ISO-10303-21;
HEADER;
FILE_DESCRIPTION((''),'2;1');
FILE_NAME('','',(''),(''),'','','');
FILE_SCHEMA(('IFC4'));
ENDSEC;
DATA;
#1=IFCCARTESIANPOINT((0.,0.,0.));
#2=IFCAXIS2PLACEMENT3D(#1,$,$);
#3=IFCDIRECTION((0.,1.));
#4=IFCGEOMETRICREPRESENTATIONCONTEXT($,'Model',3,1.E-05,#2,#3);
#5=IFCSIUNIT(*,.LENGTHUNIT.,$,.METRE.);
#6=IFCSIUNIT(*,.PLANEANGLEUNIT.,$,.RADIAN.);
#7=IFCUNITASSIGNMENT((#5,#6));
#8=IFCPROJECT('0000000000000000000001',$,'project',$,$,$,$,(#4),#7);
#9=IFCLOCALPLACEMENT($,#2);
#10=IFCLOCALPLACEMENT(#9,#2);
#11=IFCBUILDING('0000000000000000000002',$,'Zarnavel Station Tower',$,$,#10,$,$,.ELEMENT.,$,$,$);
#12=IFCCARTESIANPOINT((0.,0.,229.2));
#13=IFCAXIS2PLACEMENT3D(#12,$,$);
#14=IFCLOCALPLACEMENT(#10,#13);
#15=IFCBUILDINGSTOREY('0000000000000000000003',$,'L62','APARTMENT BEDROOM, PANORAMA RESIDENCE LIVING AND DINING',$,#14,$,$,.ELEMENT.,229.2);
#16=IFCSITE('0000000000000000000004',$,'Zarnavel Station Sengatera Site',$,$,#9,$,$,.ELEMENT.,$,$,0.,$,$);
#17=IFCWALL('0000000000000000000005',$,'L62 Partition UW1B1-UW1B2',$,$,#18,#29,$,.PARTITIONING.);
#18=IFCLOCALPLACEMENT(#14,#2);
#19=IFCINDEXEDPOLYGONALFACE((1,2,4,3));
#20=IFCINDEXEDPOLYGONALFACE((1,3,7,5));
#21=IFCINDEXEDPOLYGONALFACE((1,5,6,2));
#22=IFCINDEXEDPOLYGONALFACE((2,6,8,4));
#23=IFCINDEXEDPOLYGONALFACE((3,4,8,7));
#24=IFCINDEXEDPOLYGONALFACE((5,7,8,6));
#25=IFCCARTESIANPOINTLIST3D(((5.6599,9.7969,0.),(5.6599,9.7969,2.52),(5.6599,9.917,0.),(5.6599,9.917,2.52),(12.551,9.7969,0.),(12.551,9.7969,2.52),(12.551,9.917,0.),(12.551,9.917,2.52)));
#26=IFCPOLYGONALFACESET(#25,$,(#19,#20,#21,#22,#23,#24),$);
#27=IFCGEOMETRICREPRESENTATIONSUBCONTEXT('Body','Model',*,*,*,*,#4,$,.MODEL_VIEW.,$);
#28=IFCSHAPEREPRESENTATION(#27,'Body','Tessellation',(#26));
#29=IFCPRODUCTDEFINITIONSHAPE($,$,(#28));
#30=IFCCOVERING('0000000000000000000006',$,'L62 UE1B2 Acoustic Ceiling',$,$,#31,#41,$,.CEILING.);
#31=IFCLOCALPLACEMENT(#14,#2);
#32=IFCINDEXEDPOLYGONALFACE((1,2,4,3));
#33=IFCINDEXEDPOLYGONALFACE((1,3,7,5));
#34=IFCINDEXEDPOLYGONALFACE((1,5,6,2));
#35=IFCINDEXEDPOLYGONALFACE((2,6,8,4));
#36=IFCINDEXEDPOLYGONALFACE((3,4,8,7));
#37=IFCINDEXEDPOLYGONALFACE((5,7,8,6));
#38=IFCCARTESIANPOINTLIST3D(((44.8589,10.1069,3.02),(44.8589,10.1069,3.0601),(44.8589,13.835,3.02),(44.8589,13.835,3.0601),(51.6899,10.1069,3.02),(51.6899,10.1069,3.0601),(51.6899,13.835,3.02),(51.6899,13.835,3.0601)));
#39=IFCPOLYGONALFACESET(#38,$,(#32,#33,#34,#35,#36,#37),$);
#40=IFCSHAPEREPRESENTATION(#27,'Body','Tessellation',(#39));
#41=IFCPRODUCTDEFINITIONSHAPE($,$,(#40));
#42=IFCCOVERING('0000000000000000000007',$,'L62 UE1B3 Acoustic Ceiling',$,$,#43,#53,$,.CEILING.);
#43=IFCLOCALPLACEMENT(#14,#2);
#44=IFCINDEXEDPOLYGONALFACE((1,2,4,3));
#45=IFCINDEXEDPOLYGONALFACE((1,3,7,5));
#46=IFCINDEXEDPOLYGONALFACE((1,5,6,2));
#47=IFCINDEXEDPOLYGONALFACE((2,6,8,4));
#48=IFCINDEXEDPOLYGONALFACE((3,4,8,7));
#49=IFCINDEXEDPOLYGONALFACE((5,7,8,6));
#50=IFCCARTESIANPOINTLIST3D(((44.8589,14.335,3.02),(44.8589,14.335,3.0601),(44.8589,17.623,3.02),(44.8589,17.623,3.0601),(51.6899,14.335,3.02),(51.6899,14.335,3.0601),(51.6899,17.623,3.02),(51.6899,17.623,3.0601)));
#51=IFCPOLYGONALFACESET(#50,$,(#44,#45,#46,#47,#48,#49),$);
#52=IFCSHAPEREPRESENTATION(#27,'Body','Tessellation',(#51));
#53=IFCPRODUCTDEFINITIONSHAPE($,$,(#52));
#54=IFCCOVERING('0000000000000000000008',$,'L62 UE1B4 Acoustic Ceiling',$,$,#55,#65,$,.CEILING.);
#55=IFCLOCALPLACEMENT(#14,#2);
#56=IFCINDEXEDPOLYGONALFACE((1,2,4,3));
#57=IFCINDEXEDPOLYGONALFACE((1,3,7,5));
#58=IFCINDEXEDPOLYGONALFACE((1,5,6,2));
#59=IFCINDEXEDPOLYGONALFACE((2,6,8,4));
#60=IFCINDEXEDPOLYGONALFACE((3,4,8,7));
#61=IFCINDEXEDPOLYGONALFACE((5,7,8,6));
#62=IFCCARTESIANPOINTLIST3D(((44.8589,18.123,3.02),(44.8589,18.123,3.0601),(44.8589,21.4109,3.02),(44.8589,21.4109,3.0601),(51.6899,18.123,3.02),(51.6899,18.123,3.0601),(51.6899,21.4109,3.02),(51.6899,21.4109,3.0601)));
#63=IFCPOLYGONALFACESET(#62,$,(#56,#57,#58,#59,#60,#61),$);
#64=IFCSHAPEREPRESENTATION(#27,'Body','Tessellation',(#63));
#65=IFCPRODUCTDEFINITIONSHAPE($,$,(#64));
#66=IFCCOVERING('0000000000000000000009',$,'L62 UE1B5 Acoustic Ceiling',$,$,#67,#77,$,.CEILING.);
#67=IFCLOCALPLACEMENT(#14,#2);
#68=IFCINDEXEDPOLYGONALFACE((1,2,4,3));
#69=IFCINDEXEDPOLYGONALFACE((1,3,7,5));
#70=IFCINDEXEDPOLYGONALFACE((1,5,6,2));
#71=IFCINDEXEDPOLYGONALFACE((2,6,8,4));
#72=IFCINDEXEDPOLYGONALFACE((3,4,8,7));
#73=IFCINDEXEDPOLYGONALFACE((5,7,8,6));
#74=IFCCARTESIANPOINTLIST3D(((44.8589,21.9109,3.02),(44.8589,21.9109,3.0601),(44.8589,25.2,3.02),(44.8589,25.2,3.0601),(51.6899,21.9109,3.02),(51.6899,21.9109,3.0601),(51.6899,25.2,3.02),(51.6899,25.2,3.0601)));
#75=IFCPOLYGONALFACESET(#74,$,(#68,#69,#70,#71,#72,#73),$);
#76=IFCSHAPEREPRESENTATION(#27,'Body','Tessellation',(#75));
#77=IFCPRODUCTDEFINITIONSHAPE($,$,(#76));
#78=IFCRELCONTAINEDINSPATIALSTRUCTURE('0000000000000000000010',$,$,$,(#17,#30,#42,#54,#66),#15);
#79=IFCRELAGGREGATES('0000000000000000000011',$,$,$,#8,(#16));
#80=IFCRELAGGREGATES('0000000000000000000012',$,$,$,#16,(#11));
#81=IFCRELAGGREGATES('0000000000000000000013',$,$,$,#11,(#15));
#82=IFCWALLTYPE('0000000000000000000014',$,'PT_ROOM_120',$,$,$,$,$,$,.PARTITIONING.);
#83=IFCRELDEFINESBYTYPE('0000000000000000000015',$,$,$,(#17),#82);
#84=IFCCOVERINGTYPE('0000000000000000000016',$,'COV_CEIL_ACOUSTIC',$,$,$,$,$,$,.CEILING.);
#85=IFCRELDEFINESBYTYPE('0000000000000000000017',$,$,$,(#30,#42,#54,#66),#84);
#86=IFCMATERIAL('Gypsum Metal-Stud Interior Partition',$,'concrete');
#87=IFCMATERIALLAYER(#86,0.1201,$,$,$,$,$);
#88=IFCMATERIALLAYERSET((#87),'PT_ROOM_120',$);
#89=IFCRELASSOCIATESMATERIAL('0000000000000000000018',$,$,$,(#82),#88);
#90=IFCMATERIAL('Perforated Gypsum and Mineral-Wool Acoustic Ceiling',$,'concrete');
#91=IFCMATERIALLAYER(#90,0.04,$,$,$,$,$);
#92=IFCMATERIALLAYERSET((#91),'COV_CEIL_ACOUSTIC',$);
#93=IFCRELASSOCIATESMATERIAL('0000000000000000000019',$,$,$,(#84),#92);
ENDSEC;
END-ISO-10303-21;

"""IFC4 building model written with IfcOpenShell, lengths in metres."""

from ifc_helpers import new_model, si_unit, direction, frame, frame_2d, origin, place, context, subcontext, project, spatial, polyline, rectangle, outline, extrude, material, layer, layer_set, type_object, element, save


model = new_model("IFC4")

# Units and contexts
model_context = context("Model", 3, precision=1e-05, world=origin(), true_north=direction((0.0, 1.0)))
body_context = subcontext(model_context, "Body", "Model", "MODEL_VIEW")
ifc_project = project(units=[si_unit("LENGTHUNIT", "METRE"), si_unit("PLANEANGLEUNIT", "RADIAN")], contexts=[model_context])

# Site, building, storey
site_placement = place(None, origin())
site = spatial("IfcSite", under=ifc_project, at=site_placement, Name="Zarnavel Station Sengatera Site", CompositionType="ELEMENT", RefElevation=0.0)
building_placement = place(site_placement, origin())
building = spatial("IfcBuilding", under=site, at=building_placement, Name="Zarnavel Station Tower", CompositionType="ELEMENT")
storey_placement = place(building_placement, frame((0.0, 0.0, 229.2)))
storey = spatial("IfcBuildingStorey", under=building, at=storey_placement, Name="L62", Description="APARTMENT BEDROOM, PANORAMA RESIDENCE LIVING AND DINING", CompositionType="ELEMENT", Elevation=229.2)

# Wall
ifc_material_1 = material(Name="Gypsum Metal-Stud Interior Partition", Category="concrete")
ifc_layer_1 = layer(ifc_material_1, 0.1201)
ifc_layer_set_1 = layer_set([ifc_layer_1], Name="PT_ROOM_120")
wall_type_1 = type_object("IfcWallType", Name="PT_ROOM_120", PredefinedType="PARTITIONING", material=ifc_layer_set_1)
wall_1_placement = place(storey_placement, frame((5.6599, 9.8569, 0.0), z_axis=(0.0, 0.0, 1.0), x_axis=(1.0, 0.0, 0.0)))
element("IfcWall", 1, at=wall_1_placement, inside=storey, type_object=wall_type_1, Name="L62 Partition UW1B1-UW1B2", PredefinedType="PARTITIONING", context=body_context, shape_type="SweptSolid", body=[
    extrude(rectangle(XDim=6.8911, YDim=0.1201, at=frame_2d((3.4456, 0.0))), origin(), (0.0, 0.0, 1.0), 2.52),
])

# Coverings
ifc_material_2 = material(Name="Perforated Gypsum and Mineral-Wool Acoustic Ceiling", Category="concrete")
ifc_layer_2 = layer(ifc_material_2, 0.04)
ifc_layer_set_2 = layer_set([ifc_layer_2], Name="COV_CEIL_ACOUSTIC")
covering_type = type_object("IfcCoveringType", Name="COV_CEIL_ACOUSTIC", PredefinedType="CEILING", material=ifc_layer_set_2)
covering_1_placement = place(storey_placement, frame((0.0, 0.0, 3.02)))
element("IfcCovering", 2, at=covering_1_placement, inside=storey, type_object=covering_type, Name="L62 UE1B2 Acoustic Ceiling", PredefinedType="CEILING", context=body_context, shape_type="SweptSolid", body=[
    extrude(outline(polyline([(44.8589, 10.1069), (51.6899, 10.1069), (51.6899, 13.835), (44.8589, 13.835), (44.8589, 10.1069)])), origin(), (0.0, 0.0, 1.0), 0.04),
])
covering_2_placement = place(storey_placement, frame((0.0, 0.0, 3.02)))
element("IfcCovering", 3, at=covering_2_placement, inside=storey, type_object=covering_type, Name="L62 UE1B3 Acoustic Ceiling", PredefinedType="CEILING", context=body_context, shape_type="SweptSolid", body=[
    extrude(outline(polyline([(44.8589, 14.335), (51.6899, 14.335), (51.6899, 17.623), (44.8589, 17.623), (44.8589, 14.335)])), origin(), (0.0, 0.0, 1.0), 0.04),
])
covering_3_placement = place(storey_placement, frame((0.0, 0.0, 3.02)))
element("IfcCovering", 4, at=covering_3_placement, inside=storey, type_object=covering_type, Name="L62 UE1B4 Acoustic Ceiling", PredefinedType="CEILING", context=body_context, shape_type="SweptSolid", body=[
    extrude(outline(polyline([(44.8589, 18.123), (51.6899, 18.123), (51.6899, 21.4109), (44.8589, 21.4109), (44.8589, 18.123)])), origin(), (0.0, 0.0, 1.0), 0.04),
])
covering_4_placement = place(storey_placement, frame((0.0, 0.0, 3.02)))
element("IfcCovering", 5, at=covering_4_placement, inside=storey, type_object=covering_type, Name="L62 UE1B5 Acoustic Ceiling", PredefinedType="CEILING", context=body_context, shape_type="SweptSolid", body=[
    extrude(outline(polyline([(44.8589, 21.9109), (51.6899, 21.9109), (51.6899, 25.2), (44.8589, 25.2), (44.8589, 21.9109)])), origin(), (0.0, 0.0, 1.0), 0.04),
])

save(model, "model.ifc")
